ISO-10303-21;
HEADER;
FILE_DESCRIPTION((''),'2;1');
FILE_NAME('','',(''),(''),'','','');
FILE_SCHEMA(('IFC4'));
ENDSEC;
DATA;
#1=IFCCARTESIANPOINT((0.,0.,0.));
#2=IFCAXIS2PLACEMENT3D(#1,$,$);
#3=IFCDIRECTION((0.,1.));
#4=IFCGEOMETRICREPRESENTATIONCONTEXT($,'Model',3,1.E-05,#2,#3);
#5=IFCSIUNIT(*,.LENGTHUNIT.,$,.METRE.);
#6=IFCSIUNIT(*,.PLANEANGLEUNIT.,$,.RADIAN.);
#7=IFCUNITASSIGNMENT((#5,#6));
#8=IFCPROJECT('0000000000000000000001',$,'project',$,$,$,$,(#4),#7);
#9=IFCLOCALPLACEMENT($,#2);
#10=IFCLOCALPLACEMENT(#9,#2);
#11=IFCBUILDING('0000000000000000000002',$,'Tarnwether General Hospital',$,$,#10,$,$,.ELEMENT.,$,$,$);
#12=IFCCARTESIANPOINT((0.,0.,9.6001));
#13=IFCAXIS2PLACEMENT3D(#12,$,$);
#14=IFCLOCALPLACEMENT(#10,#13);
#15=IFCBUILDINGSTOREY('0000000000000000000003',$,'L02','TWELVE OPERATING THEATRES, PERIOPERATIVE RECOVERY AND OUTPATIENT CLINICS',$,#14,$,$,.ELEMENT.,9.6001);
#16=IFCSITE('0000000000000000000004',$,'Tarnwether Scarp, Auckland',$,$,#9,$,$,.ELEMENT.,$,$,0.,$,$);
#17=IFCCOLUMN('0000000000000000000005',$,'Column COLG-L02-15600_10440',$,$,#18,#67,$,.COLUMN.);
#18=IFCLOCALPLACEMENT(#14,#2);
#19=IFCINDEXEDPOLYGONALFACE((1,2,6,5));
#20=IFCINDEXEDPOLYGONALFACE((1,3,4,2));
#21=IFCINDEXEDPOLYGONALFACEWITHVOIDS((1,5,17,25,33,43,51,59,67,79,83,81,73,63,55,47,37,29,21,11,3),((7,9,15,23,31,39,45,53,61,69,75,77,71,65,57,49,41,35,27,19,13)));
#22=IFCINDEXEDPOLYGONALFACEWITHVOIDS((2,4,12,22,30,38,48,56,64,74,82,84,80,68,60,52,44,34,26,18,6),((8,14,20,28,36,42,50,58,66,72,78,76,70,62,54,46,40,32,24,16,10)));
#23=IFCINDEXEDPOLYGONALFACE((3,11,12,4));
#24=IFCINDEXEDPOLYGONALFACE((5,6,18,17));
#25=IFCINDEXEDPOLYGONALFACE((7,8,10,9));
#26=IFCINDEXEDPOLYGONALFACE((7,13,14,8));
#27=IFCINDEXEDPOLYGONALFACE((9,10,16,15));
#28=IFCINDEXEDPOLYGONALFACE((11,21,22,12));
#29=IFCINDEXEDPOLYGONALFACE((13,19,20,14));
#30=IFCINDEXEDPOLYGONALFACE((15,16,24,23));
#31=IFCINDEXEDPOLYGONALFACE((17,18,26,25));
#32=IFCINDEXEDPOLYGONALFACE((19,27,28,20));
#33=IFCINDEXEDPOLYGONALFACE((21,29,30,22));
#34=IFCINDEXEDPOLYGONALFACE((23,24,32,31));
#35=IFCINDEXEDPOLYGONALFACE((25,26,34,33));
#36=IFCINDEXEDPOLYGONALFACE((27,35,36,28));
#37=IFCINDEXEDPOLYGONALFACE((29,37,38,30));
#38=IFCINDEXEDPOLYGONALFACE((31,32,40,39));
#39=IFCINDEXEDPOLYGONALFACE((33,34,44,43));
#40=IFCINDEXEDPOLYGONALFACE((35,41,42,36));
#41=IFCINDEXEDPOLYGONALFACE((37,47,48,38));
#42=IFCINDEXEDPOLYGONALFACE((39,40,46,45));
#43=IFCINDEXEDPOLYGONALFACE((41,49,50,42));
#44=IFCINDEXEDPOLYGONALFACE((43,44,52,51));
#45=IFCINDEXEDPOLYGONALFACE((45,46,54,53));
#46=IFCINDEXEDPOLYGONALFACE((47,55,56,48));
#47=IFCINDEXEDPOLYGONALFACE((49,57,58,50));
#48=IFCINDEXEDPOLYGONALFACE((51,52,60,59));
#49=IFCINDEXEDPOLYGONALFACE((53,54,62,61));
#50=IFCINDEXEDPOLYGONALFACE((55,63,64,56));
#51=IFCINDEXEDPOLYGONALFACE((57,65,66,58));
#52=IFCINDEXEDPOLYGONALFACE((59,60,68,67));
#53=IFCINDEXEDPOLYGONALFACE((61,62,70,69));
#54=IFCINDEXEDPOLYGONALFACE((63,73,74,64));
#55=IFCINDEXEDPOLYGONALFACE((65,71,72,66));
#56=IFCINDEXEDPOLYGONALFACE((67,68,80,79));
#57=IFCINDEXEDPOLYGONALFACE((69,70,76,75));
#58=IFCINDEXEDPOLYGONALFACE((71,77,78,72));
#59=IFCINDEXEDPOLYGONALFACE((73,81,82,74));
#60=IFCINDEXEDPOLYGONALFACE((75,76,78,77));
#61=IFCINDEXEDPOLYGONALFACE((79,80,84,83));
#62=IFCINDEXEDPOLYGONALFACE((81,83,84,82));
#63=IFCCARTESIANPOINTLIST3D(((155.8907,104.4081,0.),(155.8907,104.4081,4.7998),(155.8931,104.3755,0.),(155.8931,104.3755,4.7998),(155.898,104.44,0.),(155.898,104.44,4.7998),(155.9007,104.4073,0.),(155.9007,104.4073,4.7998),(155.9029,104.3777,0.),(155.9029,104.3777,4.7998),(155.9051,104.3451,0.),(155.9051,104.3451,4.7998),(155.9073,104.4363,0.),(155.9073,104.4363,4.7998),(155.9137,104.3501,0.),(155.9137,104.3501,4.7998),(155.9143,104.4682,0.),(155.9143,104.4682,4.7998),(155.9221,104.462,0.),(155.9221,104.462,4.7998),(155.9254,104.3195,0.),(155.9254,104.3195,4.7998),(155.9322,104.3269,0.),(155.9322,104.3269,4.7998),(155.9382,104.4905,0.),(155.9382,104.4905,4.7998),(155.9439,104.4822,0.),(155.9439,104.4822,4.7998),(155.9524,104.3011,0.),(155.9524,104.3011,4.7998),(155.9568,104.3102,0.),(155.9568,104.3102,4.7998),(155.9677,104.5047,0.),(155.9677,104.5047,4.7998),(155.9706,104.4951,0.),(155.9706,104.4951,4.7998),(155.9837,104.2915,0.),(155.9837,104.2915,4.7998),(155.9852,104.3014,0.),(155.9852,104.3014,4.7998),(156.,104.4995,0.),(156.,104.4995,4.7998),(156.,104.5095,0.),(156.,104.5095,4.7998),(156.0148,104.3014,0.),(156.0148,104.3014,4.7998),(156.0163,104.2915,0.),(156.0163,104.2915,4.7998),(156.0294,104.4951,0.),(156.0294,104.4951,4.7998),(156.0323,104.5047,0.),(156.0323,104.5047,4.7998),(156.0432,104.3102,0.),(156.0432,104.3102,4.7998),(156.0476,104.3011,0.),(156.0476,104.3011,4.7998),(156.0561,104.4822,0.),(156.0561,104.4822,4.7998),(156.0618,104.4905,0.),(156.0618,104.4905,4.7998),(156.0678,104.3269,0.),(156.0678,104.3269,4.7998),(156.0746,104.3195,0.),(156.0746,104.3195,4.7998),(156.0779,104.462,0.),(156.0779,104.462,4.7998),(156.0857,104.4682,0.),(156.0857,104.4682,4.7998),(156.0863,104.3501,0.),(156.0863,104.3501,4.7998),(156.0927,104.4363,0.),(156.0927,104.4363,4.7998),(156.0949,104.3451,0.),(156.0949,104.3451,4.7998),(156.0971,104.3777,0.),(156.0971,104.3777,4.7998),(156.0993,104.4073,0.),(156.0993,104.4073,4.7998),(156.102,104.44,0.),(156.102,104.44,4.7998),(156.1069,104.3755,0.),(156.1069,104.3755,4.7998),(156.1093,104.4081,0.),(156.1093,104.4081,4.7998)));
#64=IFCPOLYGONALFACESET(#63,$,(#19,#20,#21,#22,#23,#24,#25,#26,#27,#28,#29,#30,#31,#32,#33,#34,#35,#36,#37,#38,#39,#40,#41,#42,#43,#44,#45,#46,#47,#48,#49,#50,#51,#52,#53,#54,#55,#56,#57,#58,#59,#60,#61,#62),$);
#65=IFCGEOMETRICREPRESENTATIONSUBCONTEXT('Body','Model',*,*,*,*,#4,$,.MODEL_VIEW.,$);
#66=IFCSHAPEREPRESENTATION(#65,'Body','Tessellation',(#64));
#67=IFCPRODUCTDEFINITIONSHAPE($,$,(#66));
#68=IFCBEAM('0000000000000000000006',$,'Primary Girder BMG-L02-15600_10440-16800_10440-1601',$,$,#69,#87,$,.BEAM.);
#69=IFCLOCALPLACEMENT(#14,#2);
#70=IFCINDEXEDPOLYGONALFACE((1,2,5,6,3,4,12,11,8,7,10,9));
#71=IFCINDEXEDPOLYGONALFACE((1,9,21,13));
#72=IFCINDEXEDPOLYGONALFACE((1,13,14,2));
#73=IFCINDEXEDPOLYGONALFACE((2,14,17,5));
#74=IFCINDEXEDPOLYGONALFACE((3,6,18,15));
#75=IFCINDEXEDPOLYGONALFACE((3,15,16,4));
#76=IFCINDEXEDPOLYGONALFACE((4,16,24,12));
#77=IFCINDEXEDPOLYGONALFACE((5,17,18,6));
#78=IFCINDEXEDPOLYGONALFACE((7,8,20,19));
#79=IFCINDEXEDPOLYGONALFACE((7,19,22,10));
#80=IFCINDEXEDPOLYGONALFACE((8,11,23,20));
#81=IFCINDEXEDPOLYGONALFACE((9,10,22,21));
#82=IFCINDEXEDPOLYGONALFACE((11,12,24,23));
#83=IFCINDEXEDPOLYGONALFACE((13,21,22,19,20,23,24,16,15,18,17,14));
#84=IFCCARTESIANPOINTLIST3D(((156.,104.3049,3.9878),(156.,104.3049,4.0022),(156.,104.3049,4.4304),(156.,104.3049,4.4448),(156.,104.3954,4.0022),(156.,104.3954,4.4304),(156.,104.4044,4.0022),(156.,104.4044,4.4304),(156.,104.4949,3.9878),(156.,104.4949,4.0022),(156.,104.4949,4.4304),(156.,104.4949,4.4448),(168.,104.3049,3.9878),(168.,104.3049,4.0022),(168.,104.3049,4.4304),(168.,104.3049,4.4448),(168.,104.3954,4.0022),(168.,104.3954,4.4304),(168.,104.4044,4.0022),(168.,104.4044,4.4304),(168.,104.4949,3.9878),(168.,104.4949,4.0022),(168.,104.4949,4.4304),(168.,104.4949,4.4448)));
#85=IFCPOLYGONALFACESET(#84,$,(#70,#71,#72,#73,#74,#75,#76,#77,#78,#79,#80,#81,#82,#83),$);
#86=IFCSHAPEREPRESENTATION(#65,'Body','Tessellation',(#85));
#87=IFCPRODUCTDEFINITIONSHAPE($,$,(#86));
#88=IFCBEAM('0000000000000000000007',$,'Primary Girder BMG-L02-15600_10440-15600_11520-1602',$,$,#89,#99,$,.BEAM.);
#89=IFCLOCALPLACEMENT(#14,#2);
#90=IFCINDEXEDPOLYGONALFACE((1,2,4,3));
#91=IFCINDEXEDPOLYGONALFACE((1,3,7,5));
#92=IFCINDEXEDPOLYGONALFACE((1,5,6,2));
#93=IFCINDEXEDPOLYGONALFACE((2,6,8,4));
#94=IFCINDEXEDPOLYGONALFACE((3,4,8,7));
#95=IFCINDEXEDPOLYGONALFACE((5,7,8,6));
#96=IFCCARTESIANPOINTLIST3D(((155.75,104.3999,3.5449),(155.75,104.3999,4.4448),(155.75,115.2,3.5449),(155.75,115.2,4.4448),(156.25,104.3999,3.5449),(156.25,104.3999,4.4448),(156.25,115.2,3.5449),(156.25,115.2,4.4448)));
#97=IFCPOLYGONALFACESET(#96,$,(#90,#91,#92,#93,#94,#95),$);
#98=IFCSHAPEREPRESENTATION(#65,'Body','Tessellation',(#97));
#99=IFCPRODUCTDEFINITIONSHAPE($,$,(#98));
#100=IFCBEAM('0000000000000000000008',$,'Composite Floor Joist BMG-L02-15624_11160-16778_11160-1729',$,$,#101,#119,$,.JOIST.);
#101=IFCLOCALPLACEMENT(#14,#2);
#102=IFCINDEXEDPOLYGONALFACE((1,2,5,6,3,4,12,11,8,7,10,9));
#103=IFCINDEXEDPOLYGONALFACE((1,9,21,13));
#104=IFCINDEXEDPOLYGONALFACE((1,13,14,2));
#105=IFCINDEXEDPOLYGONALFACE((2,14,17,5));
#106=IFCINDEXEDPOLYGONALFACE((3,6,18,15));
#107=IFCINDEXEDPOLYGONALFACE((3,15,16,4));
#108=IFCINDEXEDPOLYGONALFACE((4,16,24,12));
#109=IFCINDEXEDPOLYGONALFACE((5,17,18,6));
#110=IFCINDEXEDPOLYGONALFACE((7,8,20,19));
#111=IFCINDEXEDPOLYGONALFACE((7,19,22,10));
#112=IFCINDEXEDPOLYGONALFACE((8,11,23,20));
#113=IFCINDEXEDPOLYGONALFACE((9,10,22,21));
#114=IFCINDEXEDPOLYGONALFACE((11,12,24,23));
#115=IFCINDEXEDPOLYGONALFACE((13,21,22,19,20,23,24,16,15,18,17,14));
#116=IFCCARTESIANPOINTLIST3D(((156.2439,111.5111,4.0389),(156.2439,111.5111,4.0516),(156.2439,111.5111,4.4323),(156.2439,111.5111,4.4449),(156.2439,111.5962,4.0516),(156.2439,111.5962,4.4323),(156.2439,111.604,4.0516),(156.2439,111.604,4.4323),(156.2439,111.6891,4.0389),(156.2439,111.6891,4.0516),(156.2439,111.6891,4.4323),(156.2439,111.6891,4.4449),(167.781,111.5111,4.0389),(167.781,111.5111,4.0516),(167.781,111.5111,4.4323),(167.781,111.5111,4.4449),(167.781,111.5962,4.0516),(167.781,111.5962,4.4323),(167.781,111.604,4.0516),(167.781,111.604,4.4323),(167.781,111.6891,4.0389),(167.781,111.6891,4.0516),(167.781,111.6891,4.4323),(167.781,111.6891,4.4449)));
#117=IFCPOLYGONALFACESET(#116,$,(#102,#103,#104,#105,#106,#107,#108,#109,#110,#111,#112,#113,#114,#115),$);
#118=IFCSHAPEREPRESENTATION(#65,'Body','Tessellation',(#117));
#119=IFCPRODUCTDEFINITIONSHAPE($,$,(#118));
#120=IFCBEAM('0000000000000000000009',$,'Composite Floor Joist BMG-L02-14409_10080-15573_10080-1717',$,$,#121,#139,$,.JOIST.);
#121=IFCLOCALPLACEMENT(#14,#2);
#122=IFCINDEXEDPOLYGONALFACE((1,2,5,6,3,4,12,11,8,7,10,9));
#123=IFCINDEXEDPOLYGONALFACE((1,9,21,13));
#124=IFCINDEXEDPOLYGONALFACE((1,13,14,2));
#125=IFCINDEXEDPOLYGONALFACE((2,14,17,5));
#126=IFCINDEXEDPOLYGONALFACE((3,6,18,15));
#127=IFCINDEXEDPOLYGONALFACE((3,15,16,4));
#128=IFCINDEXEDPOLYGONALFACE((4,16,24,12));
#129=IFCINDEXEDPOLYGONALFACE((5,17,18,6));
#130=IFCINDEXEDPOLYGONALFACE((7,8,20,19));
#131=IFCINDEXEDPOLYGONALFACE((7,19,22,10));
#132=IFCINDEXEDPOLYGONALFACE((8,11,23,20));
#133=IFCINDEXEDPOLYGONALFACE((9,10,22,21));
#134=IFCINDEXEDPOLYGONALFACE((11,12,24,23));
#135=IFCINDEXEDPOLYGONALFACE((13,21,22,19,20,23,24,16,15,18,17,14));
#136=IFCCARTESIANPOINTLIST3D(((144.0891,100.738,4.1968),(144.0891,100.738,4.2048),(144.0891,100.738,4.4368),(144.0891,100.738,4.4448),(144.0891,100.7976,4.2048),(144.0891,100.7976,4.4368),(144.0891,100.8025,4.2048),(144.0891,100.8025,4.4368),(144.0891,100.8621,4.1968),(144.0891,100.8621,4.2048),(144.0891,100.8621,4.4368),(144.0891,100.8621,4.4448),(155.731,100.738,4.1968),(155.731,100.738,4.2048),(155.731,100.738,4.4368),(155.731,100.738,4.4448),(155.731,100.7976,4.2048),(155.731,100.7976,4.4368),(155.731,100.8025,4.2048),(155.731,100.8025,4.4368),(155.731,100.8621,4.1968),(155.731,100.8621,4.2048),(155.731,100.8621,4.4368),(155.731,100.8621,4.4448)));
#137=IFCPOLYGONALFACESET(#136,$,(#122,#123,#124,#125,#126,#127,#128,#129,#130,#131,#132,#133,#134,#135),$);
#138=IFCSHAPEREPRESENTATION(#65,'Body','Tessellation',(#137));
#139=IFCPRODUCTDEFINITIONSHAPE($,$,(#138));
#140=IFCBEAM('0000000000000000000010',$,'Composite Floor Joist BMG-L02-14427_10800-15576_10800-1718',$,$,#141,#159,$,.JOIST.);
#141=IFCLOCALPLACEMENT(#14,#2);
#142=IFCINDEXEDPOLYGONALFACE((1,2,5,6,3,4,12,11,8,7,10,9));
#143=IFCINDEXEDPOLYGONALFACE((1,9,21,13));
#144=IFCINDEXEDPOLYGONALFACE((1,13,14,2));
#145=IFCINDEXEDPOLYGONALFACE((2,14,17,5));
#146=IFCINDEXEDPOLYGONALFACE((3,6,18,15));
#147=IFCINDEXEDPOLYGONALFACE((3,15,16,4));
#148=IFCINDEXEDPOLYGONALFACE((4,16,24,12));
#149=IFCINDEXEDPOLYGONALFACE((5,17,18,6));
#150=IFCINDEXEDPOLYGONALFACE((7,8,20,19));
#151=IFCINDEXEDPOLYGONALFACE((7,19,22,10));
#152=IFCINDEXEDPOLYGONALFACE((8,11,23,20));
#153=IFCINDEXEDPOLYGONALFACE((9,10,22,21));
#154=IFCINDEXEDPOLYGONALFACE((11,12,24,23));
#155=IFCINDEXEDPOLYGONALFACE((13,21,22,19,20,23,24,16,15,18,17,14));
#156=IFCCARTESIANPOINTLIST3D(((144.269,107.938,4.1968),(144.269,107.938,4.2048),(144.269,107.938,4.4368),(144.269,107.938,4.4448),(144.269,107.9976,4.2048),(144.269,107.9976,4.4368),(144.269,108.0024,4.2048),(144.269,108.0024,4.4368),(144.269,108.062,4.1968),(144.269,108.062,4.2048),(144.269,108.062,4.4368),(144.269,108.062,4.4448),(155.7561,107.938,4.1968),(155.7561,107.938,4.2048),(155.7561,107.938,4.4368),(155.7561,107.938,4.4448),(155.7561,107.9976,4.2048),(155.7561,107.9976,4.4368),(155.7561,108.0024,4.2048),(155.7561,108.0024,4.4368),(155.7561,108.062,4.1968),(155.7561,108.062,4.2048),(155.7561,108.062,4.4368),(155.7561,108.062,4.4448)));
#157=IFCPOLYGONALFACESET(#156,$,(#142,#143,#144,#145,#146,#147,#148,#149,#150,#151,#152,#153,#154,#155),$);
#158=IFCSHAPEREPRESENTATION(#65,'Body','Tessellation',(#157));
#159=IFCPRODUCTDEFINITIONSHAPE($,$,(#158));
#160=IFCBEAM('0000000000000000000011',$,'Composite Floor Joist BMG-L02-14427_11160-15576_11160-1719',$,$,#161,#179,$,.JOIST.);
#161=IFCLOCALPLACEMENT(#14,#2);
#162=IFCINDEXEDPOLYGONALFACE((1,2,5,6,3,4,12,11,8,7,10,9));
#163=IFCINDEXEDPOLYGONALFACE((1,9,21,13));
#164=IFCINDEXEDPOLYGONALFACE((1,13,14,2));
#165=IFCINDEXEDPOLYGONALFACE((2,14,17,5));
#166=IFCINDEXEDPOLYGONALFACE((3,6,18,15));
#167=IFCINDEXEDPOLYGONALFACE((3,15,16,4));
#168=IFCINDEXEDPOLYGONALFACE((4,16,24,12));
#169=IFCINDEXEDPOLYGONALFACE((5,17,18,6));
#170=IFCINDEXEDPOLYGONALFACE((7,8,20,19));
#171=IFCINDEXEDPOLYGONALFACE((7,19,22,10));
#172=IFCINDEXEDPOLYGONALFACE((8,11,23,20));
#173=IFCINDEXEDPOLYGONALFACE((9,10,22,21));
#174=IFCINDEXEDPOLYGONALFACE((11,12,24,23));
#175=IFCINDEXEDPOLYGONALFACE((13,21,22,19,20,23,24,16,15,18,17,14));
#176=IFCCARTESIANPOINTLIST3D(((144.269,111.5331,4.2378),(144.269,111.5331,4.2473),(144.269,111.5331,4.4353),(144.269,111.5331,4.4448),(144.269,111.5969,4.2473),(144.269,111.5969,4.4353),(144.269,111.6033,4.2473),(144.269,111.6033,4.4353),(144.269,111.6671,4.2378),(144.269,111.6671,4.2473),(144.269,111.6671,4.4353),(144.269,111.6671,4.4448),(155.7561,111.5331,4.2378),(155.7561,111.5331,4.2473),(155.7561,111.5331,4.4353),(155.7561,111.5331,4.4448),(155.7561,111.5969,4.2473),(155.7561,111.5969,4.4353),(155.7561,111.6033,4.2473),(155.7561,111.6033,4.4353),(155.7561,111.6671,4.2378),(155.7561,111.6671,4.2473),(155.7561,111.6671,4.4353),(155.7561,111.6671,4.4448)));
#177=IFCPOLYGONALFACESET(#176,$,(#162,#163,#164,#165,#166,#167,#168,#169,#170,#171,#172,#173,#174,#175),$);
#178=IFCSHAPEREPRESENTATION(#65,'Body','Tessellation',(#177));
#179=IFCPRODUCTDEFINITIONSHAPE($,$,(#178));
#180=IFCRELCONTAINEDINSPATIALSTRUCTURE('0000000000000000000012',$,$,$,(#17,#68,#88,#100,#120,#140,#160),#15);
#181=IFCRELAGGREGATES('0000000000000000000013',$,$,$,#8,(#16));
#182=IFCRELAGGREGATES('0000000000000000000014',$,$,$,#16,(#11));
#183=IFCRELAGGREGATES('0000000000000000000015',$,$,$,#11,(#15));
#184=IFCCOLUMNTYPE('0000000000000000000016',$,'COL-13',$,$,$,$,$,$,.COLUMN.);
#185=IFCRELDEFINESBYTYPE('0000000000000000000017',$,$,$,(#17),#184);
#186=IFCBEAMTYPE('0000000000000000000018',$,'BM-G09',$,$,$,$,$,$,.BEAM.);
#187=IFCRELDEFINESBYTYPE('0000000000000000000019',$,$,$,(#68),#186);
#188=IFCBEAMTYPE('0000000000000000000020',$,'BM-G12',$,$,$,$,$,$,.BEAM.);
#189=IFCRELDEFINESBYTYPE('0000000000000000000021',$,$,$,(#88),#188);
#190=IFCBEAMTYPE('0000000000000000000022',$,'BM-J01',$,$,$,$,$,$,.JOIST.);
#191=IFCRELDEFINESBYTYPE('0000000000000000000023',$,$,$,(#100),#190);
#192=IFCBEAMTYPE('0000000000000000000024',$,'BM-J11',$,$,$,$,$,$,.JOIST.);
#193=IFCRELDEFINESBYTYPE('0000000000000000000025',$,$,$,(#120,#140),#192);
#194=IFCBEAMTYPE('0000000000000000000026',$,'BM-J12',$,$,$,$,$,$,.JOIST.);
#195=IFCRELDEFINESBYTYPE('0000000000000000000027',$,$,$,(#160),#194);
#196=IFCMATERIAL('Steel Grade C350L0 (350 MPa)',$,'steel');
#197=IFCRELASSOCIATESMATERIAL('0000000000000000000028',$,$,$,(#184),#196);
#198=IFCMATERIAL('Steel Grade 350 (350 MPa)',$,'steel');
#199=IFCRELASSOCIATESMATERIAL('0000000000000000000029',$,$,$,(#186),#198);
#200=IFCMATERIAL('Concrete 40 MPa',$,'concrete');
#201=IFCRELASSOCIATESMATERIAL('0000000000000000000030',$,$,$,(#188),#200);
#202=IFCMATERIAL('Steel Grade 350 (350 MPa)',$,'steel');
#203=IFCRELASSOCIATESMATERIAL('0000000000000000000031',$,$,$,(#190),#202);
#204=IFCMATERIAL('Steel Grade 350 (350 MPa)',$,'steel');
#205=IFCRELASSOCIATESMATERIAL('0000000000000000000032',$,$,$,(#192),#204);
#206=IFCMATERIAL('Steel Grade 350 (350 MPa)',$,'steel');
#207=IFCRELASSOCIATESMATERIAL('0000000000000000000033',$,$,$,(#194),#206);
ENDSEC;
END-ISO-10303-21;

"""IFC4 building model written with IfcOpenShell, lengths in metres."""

from ifc_helpers import new_model, si_unit, direction, frame, origin, origin_2d, place, context, subcontext, project, spatial, rectangle, hollow_circle, i_section, extrude, material, material_profile, profile_set, type_object, element, save


model = new_model("IFC4")

# Units and contexts
model_context = context("Model", 3, precision=1e-05, world=origin(), true_north=direction((0.0, 1.0)))
body_context = subcontext(model_context, "Body", "Model", "MODEL_VIEW")
ifc_project = project(units=[si_unit("LENGTHUNIT", "METRE"), si_unit("PLANEANGLEUNIT", "RADIAN")], contexts=[model_context])

# Site, building, storey
site_placement = place(None, origin())
site = spatial("IfcSite", under=ifc_project, at=site_placement, Name="Tarnwether Scarp, Auckland", CompositionType="ELEMENT", RefElevation=0.0)
building_placement = place(site_placement, origin())
building = spatial("IfcBuilding", under=site, at=building_placement, Name="Tarnwether General Hospital", CompositionType="ELEMENT")
storey_placement = place(building_placement, frame((0.0, 0.0, 9.6001)))
storey = spatial("IfcBuildingStorey", under=building, at=storey_placement, Name="L02", Description="TWELVE OPERATING THEATRES, PERIOPERATIVE RECOVERY AND OUTPATIENT CLINICS", CompositionType="ELEMENT", Elevation=9.6001)

# Column
ifc_material_1 = material(Name="Steel Grade C350L0 (350 MPa)", Category="steel")
ifc_material_profile_1 = material_profile(ifc_material_1, hollow_circle(Radius=0.1096, WallThickness=0.01, at=origin_2d()), Name="CHS219.1x10.0")
ifc_profile_set_1 = profile_set([ifc_material_profile_1], Name="Steel Grade C350L0 (350 MPa)")
column_type = type_object("IfcColumnType", Name="COL-13", PredefinedType="COLUMN", material=ifc_profile_set_1)
column_placement = place(storey_placement, frame((156.0, 104.3999, 0.0), z_axis=(0.0, 0.0, 1.0), x_axis=(0.0, 1.0, 0.0)))
element("IfcColumn", 1, at=column_placement, inside=storey, type_object=column_type, Name="Column COLG-L02-15600_10440", PredefinedType="COLUMN", context=body_context, shape_type="SweptSolid", body=[
    extrude(hollow_circle(Radius=0.1096, WallThickness=0.01, at=origin_2d()), origin(), (0.0, 0.0, 1.0), 4.7998),
])

# Beams
ifc_material_2 = material(Name="Steel Grade 350 (350 MPa)", Category="steel")
ifc_material_profile_2 = material_profile(ifc_material_2, i_section(OverallWidth=0.1899, OverallDepth=0.457, WebThickness=0.009, FlangeThickness=0.0144, at=origin_2d()), Name="460UB74.6")
ifc_profile_set_2 = profile_set([ifc_material_profile_2], Name="Steel Grade 350 (350 MPa)")
beam_type_1 = type_object("IfcBeamType", Name="BM-G09", PredefinedType="BEAM", material=ifc_profile_set_2)
beam_1_placement = place(storey_placement, frame((156.0, 104.3999, 4.2163), z_axis=(1.0, 0.0, 0.0), x_axis=(0.0, 1.0, 0.0)))
element("IfcBeam", 2, at=beam_1_placement, inside=storey, type_object=beam_type_1, Name="Primary Girder BMG-L02-15600_10440-16800_10440-1601", PredefinedType="BEAM", context=body_context, shape_type="SweptSolid", body=[
    extrude(i_section(OverallWidth=0.1899, OverallDepth=0.457, WebThickness=0.009, FlangeThickness=0.0144, at=origin_2d()), origin(), (0.0, 0.0, 1.0), 12.0),
])
ifc_material_3 = material(Name="Concrete 40 MPa", Category="concrete")
ifc_material_profile_3 = material_profile(ifc_material_3, rectangle(XDim=0.5, YDim=0.8999, at=origin_2d()), Name="RC-BM-500x900")
ifc_profile_set_3 = profile_set([ifc_material_profile_3], Name="Concrete 40 MPa")
beam_type_2 = type_object("IfcBeamType", Name="BM-G12", PredefinedType="BEAM", material=ifc_profile_set_3)
beam_2_placement = place(storey_placement, frame((156.0, 104.3999, 3.9949), z_axis=(0.0, 1.0, 0.0), x_axis=(-1.0, 0.0, 0.0)))
element("IfcBeam", 3, at=beam_2_placement, inside=storey, type_object=beam_type_2, Name="Primary Girder BMG-L02-15600_10440-15600_11520-1602", PredefinedType="BEAM", context=body_context, shape_type="SweptSolid", body=[
    extrude(rectangle(XDim=0.5, YDim=0.8999, at=origin_2d()), origin(), (0.0, 0.0, 1.0), 10.8),
])
ifc_material_4 = material(Name="Steel Grade 350 (350 MPa)", Category="steel")
ifc_material_profile_4 = material_profile(ifc_material_4, i_section(OverallWidth=0.178, OverallDepth=0.406, WebThickness=0.0078, FlangeThickness=0.0127, at=origin_2d()), Name="410UB59.7")
ifc_profile_set_4 = profile_set([ifc_material_profile_4], Name="Steel Grade 350 (350 MPa)")
beam_type_3 = type_object("IfcBeamType", Name="BM-J01", PredefinedType="JOIST", material=ifc_profile_set_4)
beam_3_placement = place(storey_placement, frame((156.2439, 111.6001, 4.2419), z_axis=(1.0, 0.0, 0.0), x_axis=(0.0, 1.0, 0.0)))
element("IfcBeam", 4, at=beam_3_placement, inside=storey, type_object=beam_type_3, Name="Composite Floor Joist BMG-L02-15624_11160-16778_11160-1729", PredefinedType="JOIST", context=body_context, shape_type="SweptSolid", body=[
    extrude(i_section(OverallWidth=0.178, OverallDepth=0.406, WebThickness=0.0078, FlangeThickness=0.0127, at=origin_2d()), origin(), (0.0, 0.0, 1.0), 11.5371),
])
ifc_material_5 = material(Name="Steel Grade 350 (350 MPa)", Category="steel")
ifc_material_profile_5 = material_profile(ifc_material_5, i_section(OverallWidth=0.124, OverallDepth=0.248, WebThickness=0.0049, FlangeThickness=0.0081, at=origin_2d()), Name="250UB25.7")
ifc_profile_set_5 = profile_set([ifc_material_profile_5], Name="Steel Grade 350 (350 MPa)")
beam_type_4 = type_object("IfcBeamType", Name="BM-J11", PredefinedType="JOIST", material=ifc_profile_set_5)
beam_4_placement = place(storey_placement, frame((144.0891, 100.8, 4.3208), z_axis=(1.0, 0.0, 0.0), x_axis=(0.0, 1.0, 0.0)))
element("IfcBeam", 5, at=beam_4_placement, inside=storey, type_object=beam_type_4, Name="Composite Floor Joist BMG-L02-14409_10080-15573_10080-1717", PredefinedType="JOIST", context=body_context, shape_type="SweptSolid", body=[
    extrude(i_section(OverallWidth=0.124, OverallDepth=0.248, WebThickness=0.0049, FlangeThickness=0.0081, at=origin_2d()), origin(), (0.0, 0.0, 1.0), 11.6418),
])
beam_5_placement = place(storey_placement, frame((144.269, 108.0, 4.3208), z_axis=(1.0, 0.0, 0.0), x_axis=(0.0, 1.0, 0.0)))
element("IfcBeam", 6, at=beam_5_placement, inside=storey, type_object=beam_type_4, Name="Composite Floor Joist BMG-L02-14427_10800-15576_10800-1718", PredefinedType="JOIST", context=body_context, shape_type="SweptSolid", body=[
    extrude(i_section(OverallWidth=0.124, OverallDepth=0.248, WebThickness=0.0049, FlangeThickness=0.0081, at=origin_2d()), origin(), (0.0, 0.0, 1.0), 11.4871),
])
ifc_material_6 = material(Name="Steel Grade 350 (350 MPa)", Category="steel")
ifc_material_profile_6 = material_profile(ifc_material_6, i_section(OverallWidth=0.134, OverallDepth=0.207, WebThickness=0.0063, FlangeThickness=0.0095, at=origin_2d()), Name="200UB29.8")
ifc_profile_set_6 = profile_set([ifc_material_profile_6], Name="Steel Grade 350 (350 MPa)")
beam_type_5 = type_object("IfcBeamType", Name="BM-J12", PredefinedType="JOIST", material=ifc_profile_set_6)
beam_6_placement = place(storey_placement, frame((144.269, 111.6001, 4.3413), z_axis=(1.0, 0.0, 0.0), x_axis=(0.0, 1.0, 0.0)))
element("IfcBeam", 7, at=beam_6_placement, inside=storey, type_object=beam_type_5, Name="Composite Floor Joist BMG-L02-14427_11160-15576_11160-1719", PredefinedType="JOIST", context=body_context, shape_type="SweptSolid", body=[
    extrude(i_section(OverallWidth=0.134, OverallDepth=0.207, WebThickness=0.0063, FlangeThickness=0.0095, at=origin_2d()), origin(), (0.0, 0.0, 1.0), 11.4871),
])

save(model, "model.ifc")
